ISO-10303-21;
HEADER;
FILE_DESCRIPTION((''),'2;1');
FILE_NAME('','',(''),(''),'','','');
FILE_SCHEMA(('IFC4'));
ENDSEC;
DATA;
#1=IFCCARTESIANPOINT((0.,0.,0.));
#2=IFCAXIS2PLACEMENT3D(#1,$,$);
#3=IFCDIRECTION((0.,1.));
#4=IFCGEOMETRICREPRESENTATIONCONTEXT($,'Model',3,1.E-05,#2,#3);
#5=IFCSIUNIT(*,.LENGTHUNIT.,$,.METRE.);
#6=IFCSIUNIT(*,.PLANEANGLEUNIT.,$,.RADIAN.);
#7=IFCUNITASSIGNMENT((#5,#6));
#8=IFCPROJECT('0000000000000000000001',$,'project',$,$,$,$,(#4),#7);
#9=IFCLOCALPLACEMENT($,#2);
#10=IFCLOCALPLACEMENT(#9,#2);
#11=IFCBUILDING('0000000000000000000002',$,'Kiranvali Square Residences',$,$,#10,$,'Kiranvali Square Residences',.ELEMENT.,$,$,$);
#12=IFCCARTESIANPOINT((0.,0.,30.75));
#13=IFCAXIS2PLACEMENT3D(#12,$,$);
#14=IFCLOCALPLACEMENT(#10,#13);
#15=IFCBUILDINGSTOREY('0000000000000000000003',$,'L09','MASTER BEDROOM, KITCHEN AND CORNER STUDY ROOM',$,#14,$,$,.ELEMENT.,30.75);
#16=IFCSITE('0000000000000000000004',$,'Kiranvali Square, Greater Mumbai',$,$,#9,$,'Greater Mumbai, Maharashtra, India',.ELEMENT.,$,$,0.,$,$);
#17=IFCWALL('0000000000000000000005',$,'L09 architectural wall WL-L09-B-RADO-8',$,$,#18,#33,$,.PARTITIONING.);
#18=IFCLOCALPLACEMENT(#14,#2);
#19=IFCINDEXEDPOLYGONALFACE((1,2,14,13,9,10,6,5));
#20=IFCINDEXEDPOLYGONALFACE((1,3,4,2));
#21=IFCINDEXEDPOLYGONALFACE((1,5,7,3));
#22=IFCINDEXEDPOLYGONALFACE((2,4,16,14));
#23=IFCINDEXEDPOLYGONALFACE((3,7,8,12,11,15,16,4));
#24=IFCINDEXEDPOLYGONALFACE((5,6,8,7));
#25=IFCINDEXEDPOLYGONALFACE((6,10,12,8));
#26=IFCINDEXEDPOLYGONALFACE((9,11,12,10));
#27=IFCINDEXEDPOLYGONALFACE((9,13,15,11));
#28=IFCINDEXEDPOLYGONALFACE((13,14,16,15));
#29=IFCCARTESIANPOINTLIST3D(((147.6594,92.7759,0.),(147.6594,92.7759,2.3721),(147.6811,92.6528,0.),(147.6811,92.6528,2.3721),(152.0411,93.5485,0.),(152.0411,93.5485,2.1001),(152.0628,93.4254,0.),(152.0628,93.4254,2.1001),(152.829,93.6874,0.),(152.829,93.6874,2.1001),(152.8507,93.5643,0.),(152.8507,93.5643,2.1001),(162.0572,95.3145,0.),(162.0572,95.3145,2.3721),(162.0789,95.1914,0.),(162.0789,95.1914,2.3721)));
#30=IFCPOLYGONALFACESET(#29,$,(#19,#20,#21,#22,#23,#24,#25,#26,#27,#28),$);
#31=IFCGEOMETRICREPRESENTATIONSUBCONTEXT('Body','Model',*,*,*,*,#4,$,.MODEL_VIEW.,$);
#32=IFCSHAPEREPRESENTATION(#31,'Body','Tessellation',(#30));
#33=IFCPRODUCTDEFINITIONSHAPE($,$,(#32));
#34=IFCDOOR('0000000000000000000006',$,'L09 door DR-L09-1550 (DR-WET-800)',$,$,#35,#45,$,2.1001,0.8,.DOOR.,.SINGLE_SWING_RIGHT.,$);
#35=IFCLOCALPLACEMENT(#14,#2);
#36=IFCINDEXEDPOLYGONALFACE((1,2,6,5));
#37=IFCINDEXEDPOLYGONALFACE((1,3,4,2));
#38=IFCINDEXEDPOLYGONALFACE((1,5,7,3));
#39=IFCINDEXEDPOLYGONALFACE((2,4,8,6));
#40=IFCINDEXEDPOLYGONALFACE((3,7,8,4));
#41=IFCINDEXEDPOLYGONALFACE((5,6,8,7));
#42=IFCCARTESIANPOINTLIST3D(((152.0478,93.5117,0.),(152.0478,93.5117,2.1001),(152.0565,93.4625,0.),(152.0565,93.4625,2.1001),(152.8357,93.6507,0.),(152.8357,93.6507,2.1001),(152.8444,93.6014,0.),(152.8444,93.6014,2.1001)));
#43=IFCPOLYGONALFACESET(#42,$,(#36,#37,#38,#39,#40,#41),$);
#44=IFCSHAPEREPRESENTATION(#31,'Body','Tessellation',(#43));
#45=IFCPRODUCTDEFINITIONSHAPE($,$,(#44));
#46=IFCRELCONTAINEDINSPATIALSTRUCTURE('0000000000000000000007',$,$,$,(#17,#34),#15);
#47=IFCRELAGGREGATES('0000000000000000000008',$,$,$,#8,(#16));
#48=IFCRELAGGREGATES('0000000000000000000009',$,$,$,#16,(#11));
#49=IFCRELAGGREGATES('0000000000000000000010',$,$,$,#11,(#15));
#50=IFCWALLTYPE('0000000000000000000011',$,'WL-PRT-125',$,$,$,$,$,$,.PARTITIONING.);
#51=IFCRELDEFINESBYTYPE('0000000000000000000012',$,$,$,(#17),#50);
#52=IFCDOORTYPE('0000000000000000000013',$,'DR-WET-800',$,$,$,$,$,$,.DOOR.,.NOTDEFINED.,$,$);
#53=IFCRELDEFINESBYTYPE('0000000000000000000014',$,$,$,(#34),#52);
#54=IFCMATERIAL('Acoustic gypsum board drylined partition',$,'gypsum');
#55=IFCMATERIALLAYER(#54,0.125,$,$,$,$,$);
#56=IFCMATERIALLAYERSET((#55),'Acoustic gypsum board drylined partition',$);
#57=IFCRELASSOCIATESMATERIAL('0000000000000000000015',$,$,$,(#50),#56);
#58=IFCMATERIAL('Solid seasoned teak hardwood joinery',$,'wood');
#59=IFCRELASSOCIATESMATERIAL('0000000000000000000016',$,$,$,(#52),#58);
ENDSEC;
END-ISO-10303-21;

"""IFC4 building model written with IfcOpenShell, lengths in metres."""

from ifc_helpers import new_model, si_unit, direction, frame, frame_2d, origin, place, context, subcontext, project, spatial, rectangle, extrude, material, layer, layer_set, type_object, element, fill, save


model = new_model("IFC4")

# Units and contexts
model_context = context("Model", 3, precision=1e-05, world=origin(), true_north=direction((0.0, 1.0)))
body_context = subcontext(model_context, "Body", "Model", "MODEL_VIEW")
ifc_project = project(units=[si_unit("LENGTHUNIT", "METRE"), si_unit("PLANEANGLEUNIT", "RADIAN")], contexts=[model_context])

# Site, building, storey
site_placement = place(None, origin())
site = spatial("IfcSite", under=ifc_project, at=site_placement, Name="Kiranvali Square, Greater Mumbai", LongName="Greater Mumbai, Maharashtra, India", CompositionType="ELEMENT", RefElevation=0.0)
building_placement = place(site_placement, origin())
building = spatial("IfcBuilding", under=site, at=building_placement, Name="Kiranvali Square Residences", LongName="Kiranvali Square Residences", CompositionType="ELEMENT")
storey_placement = place(building_placement, frame((0.0, 0.0, 30.75)))
storey = spatial("IfcBuildingStorey", under=building, at=storey_placement, Name="L09", Description="MASTER BEDROOM, KITCHEN AND CORNER STUDY ROOM", CompositionType="ELEMENT", Elevation=30.75)

# Wall, opening, door
ifc_material_1 = material(Name="Acoustic gypsum board drylined partition", Category="gypsum")
ifc_layer_1 = layer(ifc_material_1, 0.125)
ifc_layer_set_1 = layer_set([ifc_layer_1], Name="Acoustic gypsum board drylined partition")
wall_type_1 = type_object("IfcWallType", Name="WL-PRT-125", PredefinedType="PARTITIONING", material=ifc_layer_set_1)
wall_1_placement = place(storey_placement, frame((147.6702, 92.7144, 0.0), z_axis=(0.0, 0.0, 1.0), x_axis=(0.984809, 0.17364, 0.0)))
wall_1 = element("IfcWall", 1, at=wall_1_placement, inside=storey, type_object=wall_type_1, Name="L09 architectural wall WL-L09-B-RADO-8", PredefinedType="PARTITIONING", context=body_context, shape_type="SweptSolid", body=[
    extrude(rectangle(XDim=14.6199, YDim=0.125, at=frame_2d((7.3101, 0.0))), origin(), (0.0, 0.0, 1.0), 2.3721),
])
opening_1_placement = place(wall_1_placement, frame((4.4495, 0.0, 0.0)))
opening_1 = element("IfcOpeningElement", 2, at=opening_1_placement, cuts=wall_1, PredefinedType="OPENING", context=body_context, shape_type="SweptSolid", body=[
    extrude(rectangle(XDim=0.8, YDim=2.1001, at=frame_2d((0.3999, 1.05))), frame((0.0, 0.0725, 0.0), z_axis=(0.0, -1.0, 0.0), x_axis=(1.0, 0.0, 0.0)), (0.0, 0.0, 1.0), 0.145),
])
ifc_material_2 = material(Name="Solid seasoned teak hardwood joinery", Category="wood")
door_type_1 = type_object("IfcDoorType", Name="DR-WET-800", OperationType="NOTDEFINED", PredefinedType="DOOR", material=ifc_material_2)
door_1_placement = place(opening_1_placement, frame((0.8, 0.0, 0.0), z_axis=(0.0, 0.0, 1.0), x_axis=(-1.0, 0.0, 0.0)))
door_1 = element("IfcDoor", 3, at=door_1_placement, inside=storey, type_object=door_type_1, Name="L09 door DR-L09-1550 (DR-WET-800)", OperationType="SINGLE_SWING_RIGHT", OverallHeight=2.1001, OverallWidth=0.8, PredefinedType="DOOR", context=body_context, shape_type="SweptSolid", body=[
    extrude(rectangle(XDim=0.8, YDim=2.1001, at=frame_2d((0.3999, 1.05))), frame((0.0, 0.0249, 0.0), z_axis=(0.0, -1.0, 0.0), x_axis=(1.0, 0.0, 0.0)), (0.0, 0.0, 1.0), 0.05),
])
fill(opening_1, door_1)

save(model, "model.ifc")
